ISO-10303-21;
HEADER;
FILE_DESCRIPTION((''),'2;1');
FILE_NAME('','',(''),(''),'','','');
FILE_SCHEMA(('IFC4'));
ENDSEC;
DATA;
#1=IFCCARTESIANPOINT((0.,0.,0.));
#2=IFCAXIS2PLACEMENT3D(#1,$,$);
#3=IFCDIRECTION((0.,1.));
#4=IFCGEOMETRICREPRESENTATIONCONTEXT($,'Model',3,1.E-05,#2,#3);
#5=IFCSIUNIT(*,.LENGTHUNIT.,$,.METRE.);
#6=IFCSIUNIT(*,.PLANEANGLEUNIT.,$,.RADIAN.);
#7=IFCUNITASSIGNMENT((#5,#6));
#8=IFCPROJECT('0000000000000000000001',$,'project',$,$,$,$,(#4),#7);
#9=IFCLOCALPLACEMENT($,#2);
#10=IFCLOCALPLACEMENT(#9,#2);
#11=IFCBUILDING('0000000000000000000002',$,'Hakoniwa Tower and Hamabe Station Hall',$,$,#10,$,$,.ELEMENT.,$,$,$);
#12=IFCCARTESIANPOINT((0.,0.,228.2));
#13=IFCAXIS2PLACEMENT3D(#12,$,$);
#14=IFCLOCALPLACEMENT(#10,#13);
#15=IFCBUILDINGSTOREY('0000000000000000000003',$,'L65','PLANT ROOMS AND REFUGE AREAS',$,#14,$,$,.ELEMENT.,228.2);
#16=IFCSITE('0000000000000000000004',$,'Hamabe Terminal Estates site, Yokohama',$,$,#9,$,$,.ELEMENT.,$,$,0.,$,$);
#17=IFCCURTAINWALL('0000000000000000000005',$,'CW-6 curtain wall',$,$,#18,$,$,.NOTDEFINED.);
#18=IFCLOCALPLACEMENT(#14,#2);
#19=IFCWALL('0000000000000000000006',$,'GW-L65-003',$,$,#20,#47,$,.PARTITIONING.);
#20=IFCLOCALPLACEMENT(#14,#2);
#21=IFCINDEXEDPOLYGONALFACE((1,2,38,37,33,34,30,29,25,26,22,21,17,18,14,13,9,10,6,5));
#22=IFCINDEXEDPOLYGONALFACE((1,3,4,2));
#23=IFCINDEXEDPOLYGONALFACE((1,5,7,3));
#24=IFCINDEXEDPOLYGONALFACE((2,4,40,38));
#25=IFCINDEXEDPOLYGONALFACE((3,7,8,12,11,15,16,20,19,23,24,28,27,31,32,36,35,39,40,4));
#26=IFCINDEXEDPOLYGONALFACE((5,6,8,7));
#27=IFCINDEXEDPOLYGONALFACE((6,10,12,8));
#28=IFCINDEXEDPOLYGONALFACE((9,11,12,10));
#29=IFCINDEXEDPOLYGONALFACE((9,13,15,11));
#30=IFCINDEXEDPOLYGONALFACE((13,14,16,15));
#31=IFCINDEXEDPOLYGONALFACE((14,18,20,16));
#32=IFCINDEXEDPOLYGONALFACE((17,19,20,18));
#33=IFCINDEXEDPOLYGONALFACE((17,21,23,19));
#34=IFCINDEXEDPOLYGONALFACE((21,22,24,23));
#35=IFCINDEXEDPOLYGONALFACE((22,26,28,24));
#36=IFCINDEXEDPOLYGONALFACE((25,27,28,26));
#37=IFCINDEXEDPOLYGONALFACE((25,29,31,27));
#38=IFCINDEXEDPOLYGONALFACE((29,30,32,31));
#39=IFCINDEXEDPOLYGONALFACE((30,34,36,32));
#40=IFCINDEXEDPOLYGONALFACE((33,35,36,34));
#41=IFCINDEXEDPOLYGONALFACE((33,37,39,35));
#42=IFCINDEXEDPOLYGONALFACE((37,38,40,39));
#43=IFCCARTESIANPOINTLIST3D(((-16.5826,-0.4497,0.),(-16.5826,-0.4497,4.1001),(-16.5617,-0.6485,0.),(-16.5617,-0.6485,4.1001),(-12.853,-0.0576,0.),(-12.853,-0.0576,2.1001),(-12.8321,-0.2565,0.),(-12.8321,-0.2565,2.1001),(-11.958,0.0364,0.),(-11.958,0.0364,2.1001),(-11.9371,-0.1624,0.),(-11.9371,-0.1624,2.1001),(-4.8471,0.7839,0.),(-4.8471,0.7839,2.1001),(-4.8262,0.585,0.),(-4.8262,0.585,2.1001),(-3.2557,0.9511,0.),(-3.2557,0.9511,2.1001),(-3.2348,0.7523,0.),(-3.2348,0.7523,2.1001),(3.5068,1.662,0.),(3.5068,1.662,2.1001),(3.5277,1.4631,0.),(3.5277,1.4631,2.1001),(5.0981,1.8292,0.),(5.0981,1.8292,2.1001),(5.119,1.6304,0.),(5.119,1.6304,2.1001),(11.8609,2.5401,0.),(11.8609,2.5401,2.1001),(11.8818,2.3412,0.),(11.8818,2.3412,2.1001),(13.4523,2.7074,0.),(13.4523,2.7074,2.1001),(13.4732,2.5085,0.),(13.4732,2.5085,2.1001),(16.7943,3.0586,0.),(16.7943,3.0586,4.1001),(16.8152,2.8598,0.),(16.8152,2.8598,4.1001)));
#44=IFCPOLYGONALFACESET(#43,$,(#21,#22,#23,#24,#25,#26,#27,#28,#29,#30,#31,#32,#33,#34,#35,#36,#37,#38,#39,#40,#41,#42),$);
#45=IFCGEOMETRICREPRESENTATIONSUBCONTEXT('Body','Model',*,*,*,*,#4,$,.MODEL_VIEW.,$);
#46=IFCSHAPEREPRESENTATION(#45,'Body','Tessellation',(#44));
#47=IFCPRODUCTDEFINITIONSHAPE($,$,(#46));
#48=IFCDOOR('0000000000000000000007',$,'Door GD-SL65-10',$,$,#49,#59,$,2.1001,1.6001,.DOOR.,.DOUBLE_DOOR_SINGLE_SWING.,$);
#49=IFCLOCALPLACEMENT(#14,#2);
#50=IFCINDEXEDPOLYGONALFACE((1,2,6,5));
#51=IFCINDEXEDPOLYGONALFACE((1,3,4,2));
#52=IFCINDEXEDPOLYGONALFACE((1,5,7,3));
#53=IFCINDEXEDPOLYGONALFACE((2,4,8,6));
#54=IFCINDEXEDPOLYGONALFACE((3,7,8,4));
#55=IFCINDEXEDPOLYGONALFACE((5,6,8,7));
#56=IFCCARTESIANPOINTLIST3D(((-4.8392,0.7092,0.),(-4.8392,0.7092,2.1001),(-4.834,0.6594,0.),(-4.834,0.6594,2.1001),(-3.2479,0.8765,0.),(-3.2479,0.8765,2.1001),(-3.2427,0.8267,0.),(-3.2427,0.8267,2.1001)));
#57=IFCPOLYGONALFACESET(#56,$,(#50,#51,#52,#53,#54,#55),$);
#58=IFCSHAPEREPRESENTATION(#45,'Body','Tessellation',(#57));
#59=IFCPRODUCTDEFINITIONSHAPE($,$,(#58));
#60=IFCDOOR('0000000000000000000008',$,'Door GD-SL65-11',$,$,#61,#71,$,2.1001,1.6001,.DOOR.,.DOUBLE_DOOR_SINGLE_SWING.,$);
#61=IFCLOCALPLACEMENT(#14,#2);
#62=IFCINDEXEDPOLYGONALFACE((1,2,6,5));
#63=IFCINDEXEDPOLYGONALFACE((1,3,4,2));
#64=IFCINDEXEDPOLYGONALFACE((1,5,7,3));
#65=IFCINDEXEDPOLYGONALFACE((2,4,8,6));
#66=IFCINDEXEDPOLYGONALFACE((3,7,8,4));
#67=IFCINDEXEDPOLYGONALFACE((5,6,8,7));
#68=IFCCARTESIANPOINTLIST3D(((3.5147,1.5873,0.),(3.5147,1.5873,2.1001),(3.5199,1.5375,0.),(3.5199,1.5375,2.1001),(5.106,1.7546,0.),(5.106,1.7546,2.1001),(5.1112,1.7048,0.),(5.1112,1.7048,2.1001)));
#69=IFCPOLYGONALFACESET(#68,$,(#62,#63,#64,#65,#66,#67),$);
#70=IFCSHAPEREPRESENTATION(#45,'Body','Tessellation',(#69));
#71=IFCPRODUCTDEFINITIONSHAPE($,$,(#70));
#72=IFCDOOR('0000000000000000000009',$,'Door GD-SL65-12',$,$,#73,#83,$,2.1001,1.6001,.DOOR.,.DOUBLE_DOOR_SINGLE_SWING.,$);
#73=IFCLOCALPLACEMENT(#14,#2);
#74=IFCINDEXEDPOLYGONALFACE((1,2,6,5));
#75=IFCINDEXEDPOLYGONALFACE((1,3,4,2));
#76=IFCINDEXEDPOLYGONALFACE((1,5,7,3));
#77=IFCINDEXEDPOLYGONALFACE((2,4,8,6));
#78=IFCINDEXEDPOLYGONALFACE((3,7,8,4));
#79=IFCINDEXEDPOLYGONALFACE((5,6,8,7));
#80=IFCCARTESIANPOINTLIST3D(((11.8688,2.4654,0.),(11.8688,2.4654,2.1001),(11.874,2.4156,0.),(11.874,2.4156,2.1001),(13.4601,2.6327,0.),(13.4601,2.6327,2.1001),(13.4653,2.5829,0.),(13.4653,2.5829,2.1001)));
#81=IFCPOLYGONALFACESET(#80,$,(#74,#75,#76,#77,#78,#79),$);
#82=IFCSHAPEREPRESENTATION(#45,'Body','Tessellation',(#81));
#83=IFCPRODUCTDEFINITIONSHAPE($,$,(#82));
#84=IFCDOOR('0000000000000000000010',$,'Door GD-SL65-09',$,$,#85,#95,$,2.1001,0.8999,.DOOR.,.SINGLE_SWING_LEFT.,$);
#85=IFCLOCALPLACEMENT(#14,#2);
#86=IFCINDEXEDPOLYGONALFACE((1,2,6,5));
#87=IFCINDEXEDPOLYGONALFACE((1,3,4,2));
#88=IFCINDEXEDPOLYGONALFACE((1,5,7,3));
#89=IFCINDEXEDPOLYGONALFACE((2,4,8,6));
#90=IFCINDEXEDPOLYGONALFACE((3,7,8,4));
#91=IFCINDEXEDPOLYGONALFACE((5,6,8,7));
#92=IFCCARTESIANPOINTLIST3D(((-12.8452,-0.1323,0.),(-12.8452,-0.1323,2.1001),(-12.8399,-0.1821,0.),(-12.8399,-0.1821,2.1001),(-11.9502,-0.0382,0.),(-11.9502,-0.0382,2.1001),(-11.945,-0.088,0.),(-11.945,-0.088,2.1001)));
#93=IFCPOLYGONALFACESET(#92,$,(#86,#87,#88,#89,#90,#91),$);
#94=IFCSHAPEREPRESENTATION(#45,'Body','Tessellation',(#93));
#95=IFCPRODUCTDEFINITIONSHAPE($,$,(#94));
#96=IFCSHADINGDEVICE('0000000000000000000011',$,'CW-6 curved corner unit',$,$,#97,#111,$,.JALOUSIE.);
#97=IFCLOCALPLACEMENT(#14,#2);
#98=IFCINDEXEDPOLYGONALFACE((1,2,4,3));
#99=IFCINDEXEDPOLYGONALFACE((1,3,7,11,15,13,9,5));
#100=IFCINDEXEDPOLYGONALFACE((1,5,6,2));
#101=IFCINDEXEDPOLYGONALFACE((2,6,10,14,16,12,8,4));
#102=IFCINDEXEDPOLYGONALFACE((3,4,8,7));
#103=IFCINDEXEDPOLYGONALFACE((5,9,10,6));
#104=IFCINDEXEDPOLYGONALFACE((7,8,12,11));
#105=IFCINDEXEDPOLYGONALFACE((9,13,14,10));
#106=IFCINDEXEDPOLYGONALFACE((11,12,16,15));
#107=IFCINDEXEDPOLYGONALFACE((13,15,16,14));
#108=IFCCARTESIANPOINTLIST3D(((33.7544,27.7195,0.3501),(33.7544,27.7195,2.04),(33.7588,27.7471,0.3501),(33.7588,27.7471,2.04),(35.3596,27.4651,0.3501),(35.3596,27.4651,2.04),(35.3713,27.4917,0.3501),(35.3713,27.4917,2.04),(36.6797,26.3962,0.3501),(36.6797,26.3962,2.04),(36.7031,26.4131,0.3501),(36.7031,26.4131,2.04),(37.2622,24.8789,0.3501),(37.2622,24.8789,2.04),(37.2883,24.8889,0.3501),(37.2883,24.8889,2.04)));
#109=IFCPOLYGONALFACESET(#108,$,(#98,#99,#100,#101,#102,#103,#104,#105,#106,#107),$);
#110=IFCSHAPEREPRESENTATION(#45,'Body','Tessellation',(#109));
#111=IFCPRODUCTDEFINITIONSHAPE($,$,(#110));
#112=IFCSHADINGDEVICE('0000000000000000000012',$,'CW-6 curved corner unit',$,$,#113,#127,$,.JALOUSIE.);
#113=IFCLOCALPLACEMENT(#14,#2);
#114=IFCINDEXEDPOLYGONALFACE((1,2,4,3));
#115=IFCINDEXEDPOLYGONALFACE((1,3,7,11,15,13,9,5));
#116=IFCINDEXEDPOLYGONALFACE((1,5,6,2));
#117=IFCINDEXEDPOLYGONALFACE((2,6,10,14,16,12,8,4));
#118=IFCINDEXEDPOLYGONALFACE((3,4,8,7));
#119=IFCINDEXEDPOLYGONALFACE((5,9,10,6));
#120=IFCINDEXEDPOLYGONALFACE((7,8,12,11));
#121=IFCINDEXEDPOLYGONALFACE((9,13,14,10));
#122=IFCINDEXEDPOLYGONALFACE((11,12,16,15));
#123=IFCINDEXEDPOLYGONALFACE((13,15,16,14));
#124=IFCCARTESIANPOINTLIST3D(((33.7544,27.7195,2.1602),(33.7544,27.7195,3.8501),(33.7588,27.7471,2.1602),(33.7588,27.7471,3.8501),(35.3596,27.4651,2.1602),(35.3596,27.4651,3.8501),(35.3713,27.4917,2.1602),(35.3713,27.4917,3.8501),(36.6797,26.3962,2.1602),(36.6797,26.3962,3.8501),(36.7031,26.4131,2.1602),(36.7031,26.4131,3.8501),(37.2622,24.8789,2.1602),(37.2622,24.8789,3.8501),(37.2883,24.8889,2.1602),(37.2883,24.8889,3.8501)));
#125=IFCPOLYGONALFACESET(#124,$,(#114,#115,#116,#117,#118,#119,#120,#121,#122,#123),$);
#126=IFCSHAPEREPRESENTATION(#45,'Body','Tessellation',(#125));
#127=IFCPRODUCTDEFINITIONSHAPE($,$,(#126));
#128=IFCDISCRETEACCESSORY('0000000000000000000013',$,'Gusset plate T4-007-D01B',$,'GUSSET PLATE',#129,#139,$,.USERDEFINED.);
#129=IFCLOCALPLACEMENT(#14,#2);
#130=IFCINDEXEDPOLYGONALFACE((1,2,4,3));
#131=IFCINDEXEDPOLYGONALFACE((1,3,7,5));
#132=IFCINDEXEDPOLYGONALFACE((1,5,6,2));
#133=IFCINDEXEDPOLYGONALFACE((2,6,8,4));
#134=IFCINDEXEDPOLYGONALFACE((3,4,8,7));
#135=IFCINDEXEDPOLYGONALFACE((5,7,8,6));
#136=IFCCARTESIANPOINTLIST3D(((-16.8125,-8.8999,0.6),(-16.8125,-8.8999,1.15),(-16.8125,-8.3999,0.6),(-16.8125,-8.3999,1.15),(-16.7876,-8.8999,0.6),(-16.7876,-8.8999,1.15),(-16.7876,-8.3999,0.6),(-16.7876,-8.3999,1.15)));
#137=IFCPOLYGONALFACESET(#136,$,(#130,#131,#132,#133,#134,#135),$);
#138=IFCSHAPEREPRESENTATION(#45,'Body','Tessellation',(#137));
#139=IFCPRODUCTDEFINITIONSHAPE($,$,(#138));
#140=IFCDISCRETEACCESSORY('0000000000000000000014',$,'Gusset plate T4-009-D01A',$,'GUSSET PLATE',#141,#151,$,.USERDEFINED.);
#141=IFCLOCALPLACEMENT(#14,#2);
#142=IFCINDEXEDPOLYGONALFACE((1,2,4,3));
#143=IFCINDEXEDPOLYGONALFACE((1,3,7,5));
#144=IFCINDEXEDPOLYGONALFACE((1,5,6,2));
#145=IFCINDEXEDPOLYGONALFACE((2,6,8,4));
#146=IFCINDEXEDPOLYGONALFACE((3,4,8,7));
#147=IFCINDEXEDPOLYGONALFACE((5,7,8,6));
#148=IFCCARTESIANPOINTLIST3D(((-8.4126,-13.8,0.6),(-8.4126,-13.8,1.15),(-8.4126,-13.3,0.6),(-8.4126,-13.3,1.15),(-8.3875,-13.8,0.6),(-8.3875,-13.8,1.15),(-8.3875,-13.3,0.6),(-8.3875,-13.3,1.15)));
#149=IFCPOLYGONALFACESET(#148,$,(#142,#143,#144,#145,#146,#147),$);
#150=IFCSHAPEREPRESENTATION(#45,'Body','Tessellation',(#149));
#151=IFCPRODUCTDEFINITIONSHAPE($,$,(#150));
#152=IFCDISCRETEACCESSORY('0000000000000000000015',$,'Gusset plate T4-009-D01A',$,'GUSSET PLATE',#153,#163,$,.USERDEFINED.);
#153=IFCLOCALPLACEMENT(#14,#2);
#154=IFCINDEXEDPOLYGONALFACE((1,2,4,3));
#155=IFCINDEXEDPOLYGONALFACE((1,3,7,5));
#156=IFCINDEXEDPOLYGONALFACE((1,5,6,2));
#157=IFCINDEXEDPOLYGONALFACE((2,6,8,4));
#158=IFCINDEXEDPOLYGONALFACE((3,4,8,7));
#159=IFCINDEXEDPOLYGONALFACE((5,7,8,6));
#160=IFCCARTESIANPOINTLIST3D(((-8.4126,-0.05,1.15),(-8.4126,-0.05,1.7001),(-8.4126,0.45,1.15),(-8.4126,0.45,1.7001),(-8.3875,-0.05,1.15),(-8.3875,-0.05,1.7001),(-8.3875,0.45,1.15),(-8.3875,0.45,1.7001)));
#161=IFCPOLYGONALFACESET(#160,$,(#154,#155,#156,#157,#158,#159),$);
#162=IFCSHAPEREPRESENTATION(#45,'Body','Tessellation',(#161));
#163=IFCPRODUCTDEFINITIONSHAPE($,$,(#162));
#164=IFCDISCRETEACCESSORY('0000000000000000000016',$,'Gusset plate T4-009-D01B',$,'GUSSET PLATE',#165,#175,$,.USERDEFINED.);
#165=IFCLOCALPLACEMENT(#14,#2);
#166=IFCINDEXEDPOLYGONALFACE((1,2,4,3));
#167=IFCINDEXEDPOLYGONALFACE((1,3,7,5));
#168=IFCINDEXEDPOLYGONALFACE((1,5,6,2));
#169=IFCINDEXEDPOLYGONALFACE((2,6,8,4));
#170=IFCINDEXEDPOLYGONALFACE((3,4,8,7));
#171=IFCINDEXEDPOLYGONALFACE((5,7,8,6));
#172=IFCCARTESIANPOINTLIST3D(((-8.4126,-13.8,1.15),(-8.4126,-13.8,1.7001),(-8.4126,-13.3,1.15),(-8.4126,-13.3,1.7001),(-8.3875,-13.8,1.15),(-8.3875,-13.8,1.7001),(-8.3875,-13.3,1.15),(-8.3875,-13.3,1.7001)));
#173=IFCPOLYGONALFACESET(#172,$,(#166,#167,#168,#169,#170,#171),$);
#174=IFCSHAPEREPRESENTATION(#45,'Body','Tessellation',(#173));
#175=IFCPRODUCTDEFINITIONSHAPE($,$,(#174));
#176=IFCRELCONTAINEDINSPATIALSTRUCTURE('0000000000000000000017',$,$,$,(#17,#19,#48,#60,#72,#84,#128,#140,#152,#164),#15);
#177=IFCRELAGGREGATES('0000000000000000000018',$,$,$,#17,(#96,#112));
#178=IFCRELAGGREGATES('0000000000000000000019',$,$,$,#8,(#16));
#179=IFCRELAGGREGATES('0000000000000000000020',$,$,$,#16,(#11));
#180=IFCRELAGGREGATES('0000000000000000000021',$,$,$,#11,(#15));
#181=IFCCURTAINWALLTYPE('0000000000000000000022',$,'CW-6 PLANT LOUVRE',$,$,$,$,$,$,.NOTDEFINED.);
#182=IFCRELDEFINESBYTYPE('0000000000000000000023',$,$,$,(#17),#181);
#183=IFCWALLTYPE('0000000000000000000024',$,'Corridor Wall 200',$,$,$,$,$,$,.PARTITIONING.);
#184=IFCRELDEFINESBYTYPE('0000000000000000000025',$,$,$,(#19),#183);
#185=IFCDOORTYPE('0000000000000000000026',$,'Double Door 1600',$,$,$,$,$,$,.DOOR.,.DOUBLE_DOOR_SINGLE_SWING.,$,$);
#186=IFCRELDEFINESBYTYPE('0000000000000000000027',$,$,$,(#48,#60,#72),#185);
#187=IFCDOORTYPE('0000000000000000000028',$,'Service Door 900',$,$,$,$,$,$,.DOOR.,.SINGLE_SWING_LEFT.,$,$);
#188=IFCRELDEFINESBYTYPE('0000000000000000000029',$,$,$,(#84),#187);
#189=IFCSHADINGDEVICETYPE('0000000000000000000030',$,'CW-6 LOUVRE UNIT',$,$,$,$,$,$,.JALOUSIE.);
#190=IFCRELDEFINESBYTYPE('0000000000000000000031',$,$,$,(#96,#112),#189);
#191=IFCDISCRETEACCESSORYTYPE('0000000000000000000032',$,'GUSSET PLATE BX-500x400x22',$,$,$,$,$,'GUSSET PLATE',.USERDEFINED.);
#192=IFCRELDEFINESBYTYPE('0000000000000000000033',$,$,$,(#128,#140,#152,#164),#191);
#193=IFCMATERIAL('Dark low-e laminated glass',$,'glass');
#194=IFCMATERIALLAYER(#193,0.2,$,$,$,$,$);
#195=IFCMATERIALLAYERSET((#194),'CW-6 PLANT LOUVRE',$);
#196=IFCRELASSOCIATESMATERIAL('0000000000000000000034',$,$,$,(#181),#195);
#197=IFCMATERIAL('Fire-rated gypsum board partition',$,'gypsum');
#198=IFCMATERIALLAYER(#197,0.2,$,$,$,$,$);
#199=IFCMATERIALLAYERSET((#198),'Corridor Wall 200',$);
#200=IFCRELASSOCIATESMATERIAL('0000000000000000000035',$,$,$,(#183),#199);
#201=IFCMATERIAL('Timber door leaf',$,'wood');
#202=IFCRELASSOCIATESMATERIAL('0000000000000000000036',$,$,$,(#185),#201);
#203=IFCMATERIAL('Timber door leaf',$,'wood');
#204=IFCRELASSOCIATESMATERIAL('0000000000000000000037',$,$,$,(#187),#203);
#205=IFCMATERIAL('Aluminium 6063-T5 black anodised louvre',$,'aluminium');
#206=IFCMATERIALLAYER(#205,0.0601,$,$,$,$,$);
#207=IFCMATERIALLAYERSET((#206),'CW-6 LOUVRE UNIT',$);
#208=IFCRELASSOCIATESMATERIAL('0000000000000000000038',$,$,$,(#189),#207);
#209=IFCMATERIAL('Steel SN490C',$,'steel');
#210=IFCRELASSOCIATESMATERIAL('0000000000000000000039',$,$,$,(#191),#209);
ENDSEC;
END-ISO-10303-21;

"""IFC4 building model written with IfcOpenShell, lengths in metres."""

from ifc_helpers import new_model, si_unit, direction, frame, frame_2d, origin, origin_2d, place, context, subcontext, project, spatial, polyline, rectangle, outline, extrude, material, layer, layer_set, material_profile, profile_set, type_object, element, fill, aggregate, save


model = new_model("IFC4")

# Units and contexts
model_context = context("Model", 3, precision=1e-05, world=origin(), true_north=direction((0.0, 1.0)))
body_context = subcontext(model_context, "Body", "Model", "MODEL_VIEW")
ifc_project = project(units=[si_unit("LENGTHUNIT", "METRE"), si_unit("PLANEANGLEUNIT", "RADIAN")], contexts=[model_context])

# Site, building, storey
site_placement = place(None, origin())
site = spatial("IfcSite", under=ifc_project, at=site_placement, Name="Hamabe Terminal Estates site, Yokohama", CompositionType="ELEMENT", RefElevation=0.0)
building_placement = place(site_placement, origin())
building = spatial("IfcBuilding", under=site, at=building_placement, Name="Hakoniwa Tower and Hamabe Station Hall", CompositionType="ELEMENT")
storey_placement = place(building_placement, frame((0.0, 0.0, 228.2)))
storey = spatial("IfcBuildingStorey", under=building, at=storey_placement, Name="L65", Description="PLANT ROOMS AND REFUGE AREAS", CompositionType="ELEMENT", Elevation=228.2)

# Curtain wall
ifc_material_1 = material(Name="Dark low-e laminated glass", Category="glass")
ifc_layer_1 = layer(ifc_material_1, 0.2)
ifc_layer_set_1 = layer_set([ifc_layer_1], Name="CW-6 PLANT LOUVRE")
curtain_wall_type = type_object("IfcCurtainWallType", Name="CW-6 PLANT LOUVRE", PredefinedType="NOTDEFINED", material=ifc_layer_set_1)
curtain_wall_placement = place(storey_placement, origin())
curtain_wall = element("IfcCurtainWall", 1, at=curtain_wall_placement, inside=storey, type_object=curtain_wall_type, Name="CW-6 curtain wall", PredefinedType="NOTDEFINED")

# Wall, openings, doors
ifc_material_2 = material(Name="Fire-rated gypsum board partition", Category="gypsum")
ifc_layer_2 = layer(ifc_material_2, 0.2)
ifc_layer_set_2 = layer_set([ifc_layer_2], Name="Corridor Wall 200")
wall_type = type_object("IfcWallType", Name="Corridor Wall 200", PredefinedType="PARTITIONING", material=ifc_layer_set_2)
wall_placement = place(storey_placement, frame((-16.572, -0.5491, 0.0), z_axis=(0.0, 0.0, 1.0), x_axis=(0.994521, 0.104536, 0.0)))
wall = element("IfcWall", 2, at=wall_placement, inside=storey, type_object=wall_type, Name="GW-L65-003", PredefinedType="PARTITIONING", context=body_context, shape_type="SweptSolid", body=[
    extrude(rectangle(XDim=33.5608, YDim=0.2, at=frame_2d((16.7803, 0.0))), origin(), (0.0, 0.0, 1.0), 4.1001),
])
opening_1_placement = place(wall_placement, frame((3.75, 0.0, 0.0)))
opening_1 = element("IfcOpeningElement", 3, at=opening_1_placement, cuts=wall, PredefinedType="OPENING", context=body_context, shape_type="SweptSolid", body=[
    extrude(rectangle(XDim=0.8999, YDim=2.1001, at=frame_2d((0.45, 1.05))), frame((0.0, 0.1099, 0.0), z_axis=(0.0, -1.0, 0.0), x_axis=(1.0, 0.0, 0.0)), (0.0, 0.0, 1.0), 0.22),
])
opening_2_placement = place(wall_placement, frame((11.8, 0.0, 0.0)))
opening_2 = element("IfcOpeningElement", 4, at=opening_2_placement, cuts=wall, PredefinedType="OPENING", context=body_context, shape_type="SweptSolid", body=[
    extrude(rectangle(XDim=1.6001, YDim=2.1001, at=frame_2d((0.8, 1.05))), frame((0.0, 0.1099, 0.0), z_axis=(0.0, -1.0, 0.0), x_axis=(1.0, 0.0, 0.0)), (0.0, 0.0, 1.0), 0.22),
])
opening_3_placement = place(wall_placement, frame((20.2, 0.0, 0.0)))
opening_3 = element("IfcOpeningElement", 5, at=opening_3_placement, cuts=wall, PredefinedType="OPENING", context=body_context, shape_type="SweptSolid", body=[
    extrude(rectangle(XDim=1.6001, YDim=2.1001, at=frame_2d((0.8, 1.05))), frame((0.0, 0.1099, 0.0), z_axis=(0.0, -1.0, 0.0), x_axis=(1.0, 0.0, 0.0)), (0.0, 0.0, 1.0), 0.22),
])
opening_4_placement = place(wall_placement, frame((28.6001, 0.0, 0.0)))
opening_4 = element("IfcOpeningElement", 6, at=opening_4_placement, cuts=wall, PredefinedType="OPENING", context=body_context, shape_type="SweptSolid", body=[
    extrude(rectangle(XDim=1.6001, YDim=2.1001, at=frame_2d((0.8, 1.05))), frame((0.0, 0.1099, 0.0), z_axis=(0.0, -1.0, 0.0), x_axis=(1.0, 0.0, 0.0)), (0.0, 0.0, 1.0), 0.22),
])
ifc_material_3 = material(Name="Timber door leaf", Category="wood")
door_type_1 = type_object("IfcDoorType", Name="Double Door 1600", OperationType="DOUBLE_DOOR_SINGLE_SWING", PredefinedType="DOOR", material=ifc_material_3)
door_1_placement = place(opening_2_placement, origin())
door_1 = element("IfcDoor", 7, at=door_1_placement, inside=storey, type_object=door_type_1, Name="Door GD-SL65-10", OperationType="DOUBLE_DOOR_SINGLE_SWING", OverallHeight=2.1001, OverallWidth=1.6001, PredefinedType="DOOR", context=body_context, shape_type="SweptSolid", body=[
    extrude(rectangle(XDim=1.6001, YDim=2.1001, at=frame_2d((0.8, 1.05))), frame((0.0, 0.0249, 0.0), z_axis=(0.0, -1.0, 0.0), x_axis=(1.0, 0.0, 0.0)), (0.0, 0.0, 1.0), 0.05),
])
fill(opening_2, door_1)
door_2_placement = place(opening_3_placement, origin())
door_2 = element("IfcDoor", 8, at=door_2_placement, inside=storey, type_object=door_type_1, Name="Door GD-SL65-11", OperationType="DOUBLE_DOOR_SINGLE_SWING", OverallHeight=2.1001, OverallWidth=1.6001, PredefinedType="DOOR", context=body_context, shape_type="SweptSolid", body=[
    extrude(rectangle(XDim=1.6001, YDim=2.1001, at=frame_2d((0.8, 1.05))), frame((0.0, 0.0249, 0.0), z_axis=(0.0, -1.0, 0.0), x_axis=(1.0, 0.0, 0.0)), (0.0, 0.0, 1.0), 0.05),
])
fill(opening_3, door_2)
door_3_placement = place(opening_4_placement, origin())
door_3 = element("IfcDoor", 9, at=door_3_placement, inside=storey, type_object=door_type_1, Name="Door GD-SL65-12", OperationType="DOUBLE_DOOR_SINGLE_SWING", OverallHeight=2.1001, OverallWidth=1.6001, PredefinedType="DOOR", context=body_context, shape_type="SweptSolid", body=[
    extrude(rectangle(XDim=1.6001, YDim=2.1001, at=frame_2d((0.8, 1.05))), frame((0.0, 0.0249, 0.0), z_axis=(0.0, -1.0, 0.0), x_axis=(1.0, 0.0, 0.0)), (0.0, 0.0, 1.0), 0.05),
])
fill(opening_4, door_3)
ifc_material_4 = material(Name="Timber door leaf", Category="wood")
door_type_2 = type_object("IfcDoorType", Name="Service Door 900", OperationType="SINGLE_SWING_LEFT", PredefinedType="DOOR", material=ifc_material_4)
door_4_placement = place(opening_1_placement, origin())
door_4 = element("IfcDoor", 10, at=door_4_placement, inside=storey, type_object=door_type_2, Name="Door GD-SL65-09", OperationType="SINGLE_SWING_LEFT", OverallHeight=2.1001, OverallWidth=0.8999, PredefinedType="DOOR", context=body_context, shape_type="SweptSolid", body=[
    extrude(rectangle(XDim=0.8999, YDim=2.1001, at=frame_2d((0.45, 1.05))), frame((0.0, 0.0249, 0.0), z_axis=(0.0, -1.0, 0.0), x_axis=(1.0, 0.0, 0.0)), (0.0, 0.0, 1.0), 0.05),
])
fill(opening_1, door_4)

# Shading devices
ifc_material_5 = material(Name="Aluminium 6063-T5 black anodised louvre", Category="aluminium")
ifc_layer_3 = layer(ifc_material_5, 0.0601)
ifc_layer_set_3 = layer_set([ifc_layer_3], Name="CW-6 LOUVRE UNIT")
shading_device_type = type_object("IfcShadingDeviceType", Name="CW-6 LOUVRE UNIT", PredefinedType="JALOUSIE", material=ifc_layer_set_3)
shading_device_1_placement = place(storey_placement, frame((0.0, 0.0, 0.3501)))
shading_device_1 = element("IfcShadingDevice", 11, at=shading_device_1_placement, type_object=shading_device_type, Name="CW-6 curved corner unit", PredefinedType="JALOUSIE", context=body_context, shape_type="SweptSolid", body=[
    extrude(outline(polyline([(37.2883, 24.8889), (36.7031, 26.4131), (35.3713, 27.4917), (33.7588, 27.7471), (33.7544, 27.7195), (35.3596, 27.4651), (36.6797, 26.3962), (37.2622, 24.8789), (37.2883, 24.8889)])), origin(), (0.0, 0.0, 1.0), 1.6899),
])
shading_device_2_placement = place(storey_placement, frame((0.0, 0.0, 2.1602)))
shading_device_2 = element("IfcShadingDevice", 12, at=shading_device_2_placement, type_object=shading_device_type, Name="CW-6 curved corner unit", PredefinedType="JALOUSIE", context=body_context, shape_type="SweptSolid", body=[
    extrude(outline(polyline([(37.2883, 24.8889), (36.7031, 26.4131), (35.3713, 27.4917), (33.7588, 27.7471), (33.7544, 27.7195), (35.3596, 27.4651), (36.6797, 26.3962), (37.2622, 24.8789), (37.2883, 24.8889)])), origin(), (0.0, 0.0, 1.0), 1.6899),
])
aggregate(curtain_wall, [shading_device_1, shading_device_2])

# Discrete accessories
ifc_material_6 = material(Name="Steel SN490C", Category="steel")
ifc_material_profile_1 = material_profile(ifc_material_6, rectangle(XDim=0.5, YDim=0.55, at=origin_2d()), Name="GUSSET PLATE BX-500x400x22")
ifc_profile_set_1 = profile_set([ifc_material_profile_1], Name="Steel SN490C")
discrete_accessory_type = type_object("IfcDiscreteAccessoryType", Name="GUSSET PLATE BX-500x400x22", ElementType="GUSSET PLATE", PredefinedType="USERDEFINED", material=ifc_profile_set_1)
discrete_accessory_placement = place(storey_placement, frame((-16.7876, -8.6499, 0.875), z_axis=(-1.0, 0.0, 0.0), x_axis=(0.0, -1.0, 0.0)))
element("IfcDiscreteAccessory", 13, at=discrete_accessory_placement, inside=storey, type_object=discrete_accessory_type, Name="Gusset plate T4-007-D01B", ObjectType="GUSSET PLATE", PredefinedType="USERDEFINED", context=body_context, shape_type="SweptSolid", body=[
    extrude(rectangle(XDim=0.5, YDim=0.55, at=origin_2d()), origin(), (0.0, 0.0, 1.0), 0.0249),
])
for number, where, z_axis, x_axis, name in (
    (14, (-8.3875, -13.55, 0.875), (-1.0, 0.0, 0.0), (0.0, -1.0, 0.0), "Gusset plate T4-009-D01A"),
    (15, (-8.3875, 0.2, 1.425), (-1.0, 0.0, 0.0), (0.0, -1.0, 0.0), "Gusset plate T4-009-D01A"),
    (16, (-8.3875, -13.55, 1.425), (-1.0, 0.0, 0.0), (0.0, -1.0, 0.0), "Gusset plate T4-009-D01B"),
):
    element("IfcDiscreteAccessory", number, at=place(storey_placement, frame(where, z_axis=z_axis, x_axis=x_axis)), inside=storey, type_object=discrete_accessory_type, Name=name, ObjectType="GUSSET PLATE", PredefinedType="USERDEFINED", context=body_context, shape_type="SweptSolid", body=[
        extrude(rectangle(XDim=0.5, YDim=0.55, at=origin_2d()), origin(), (0.0, 0.0, 1.0), 0.0251),
    ])

save(model, "model.ifc")
